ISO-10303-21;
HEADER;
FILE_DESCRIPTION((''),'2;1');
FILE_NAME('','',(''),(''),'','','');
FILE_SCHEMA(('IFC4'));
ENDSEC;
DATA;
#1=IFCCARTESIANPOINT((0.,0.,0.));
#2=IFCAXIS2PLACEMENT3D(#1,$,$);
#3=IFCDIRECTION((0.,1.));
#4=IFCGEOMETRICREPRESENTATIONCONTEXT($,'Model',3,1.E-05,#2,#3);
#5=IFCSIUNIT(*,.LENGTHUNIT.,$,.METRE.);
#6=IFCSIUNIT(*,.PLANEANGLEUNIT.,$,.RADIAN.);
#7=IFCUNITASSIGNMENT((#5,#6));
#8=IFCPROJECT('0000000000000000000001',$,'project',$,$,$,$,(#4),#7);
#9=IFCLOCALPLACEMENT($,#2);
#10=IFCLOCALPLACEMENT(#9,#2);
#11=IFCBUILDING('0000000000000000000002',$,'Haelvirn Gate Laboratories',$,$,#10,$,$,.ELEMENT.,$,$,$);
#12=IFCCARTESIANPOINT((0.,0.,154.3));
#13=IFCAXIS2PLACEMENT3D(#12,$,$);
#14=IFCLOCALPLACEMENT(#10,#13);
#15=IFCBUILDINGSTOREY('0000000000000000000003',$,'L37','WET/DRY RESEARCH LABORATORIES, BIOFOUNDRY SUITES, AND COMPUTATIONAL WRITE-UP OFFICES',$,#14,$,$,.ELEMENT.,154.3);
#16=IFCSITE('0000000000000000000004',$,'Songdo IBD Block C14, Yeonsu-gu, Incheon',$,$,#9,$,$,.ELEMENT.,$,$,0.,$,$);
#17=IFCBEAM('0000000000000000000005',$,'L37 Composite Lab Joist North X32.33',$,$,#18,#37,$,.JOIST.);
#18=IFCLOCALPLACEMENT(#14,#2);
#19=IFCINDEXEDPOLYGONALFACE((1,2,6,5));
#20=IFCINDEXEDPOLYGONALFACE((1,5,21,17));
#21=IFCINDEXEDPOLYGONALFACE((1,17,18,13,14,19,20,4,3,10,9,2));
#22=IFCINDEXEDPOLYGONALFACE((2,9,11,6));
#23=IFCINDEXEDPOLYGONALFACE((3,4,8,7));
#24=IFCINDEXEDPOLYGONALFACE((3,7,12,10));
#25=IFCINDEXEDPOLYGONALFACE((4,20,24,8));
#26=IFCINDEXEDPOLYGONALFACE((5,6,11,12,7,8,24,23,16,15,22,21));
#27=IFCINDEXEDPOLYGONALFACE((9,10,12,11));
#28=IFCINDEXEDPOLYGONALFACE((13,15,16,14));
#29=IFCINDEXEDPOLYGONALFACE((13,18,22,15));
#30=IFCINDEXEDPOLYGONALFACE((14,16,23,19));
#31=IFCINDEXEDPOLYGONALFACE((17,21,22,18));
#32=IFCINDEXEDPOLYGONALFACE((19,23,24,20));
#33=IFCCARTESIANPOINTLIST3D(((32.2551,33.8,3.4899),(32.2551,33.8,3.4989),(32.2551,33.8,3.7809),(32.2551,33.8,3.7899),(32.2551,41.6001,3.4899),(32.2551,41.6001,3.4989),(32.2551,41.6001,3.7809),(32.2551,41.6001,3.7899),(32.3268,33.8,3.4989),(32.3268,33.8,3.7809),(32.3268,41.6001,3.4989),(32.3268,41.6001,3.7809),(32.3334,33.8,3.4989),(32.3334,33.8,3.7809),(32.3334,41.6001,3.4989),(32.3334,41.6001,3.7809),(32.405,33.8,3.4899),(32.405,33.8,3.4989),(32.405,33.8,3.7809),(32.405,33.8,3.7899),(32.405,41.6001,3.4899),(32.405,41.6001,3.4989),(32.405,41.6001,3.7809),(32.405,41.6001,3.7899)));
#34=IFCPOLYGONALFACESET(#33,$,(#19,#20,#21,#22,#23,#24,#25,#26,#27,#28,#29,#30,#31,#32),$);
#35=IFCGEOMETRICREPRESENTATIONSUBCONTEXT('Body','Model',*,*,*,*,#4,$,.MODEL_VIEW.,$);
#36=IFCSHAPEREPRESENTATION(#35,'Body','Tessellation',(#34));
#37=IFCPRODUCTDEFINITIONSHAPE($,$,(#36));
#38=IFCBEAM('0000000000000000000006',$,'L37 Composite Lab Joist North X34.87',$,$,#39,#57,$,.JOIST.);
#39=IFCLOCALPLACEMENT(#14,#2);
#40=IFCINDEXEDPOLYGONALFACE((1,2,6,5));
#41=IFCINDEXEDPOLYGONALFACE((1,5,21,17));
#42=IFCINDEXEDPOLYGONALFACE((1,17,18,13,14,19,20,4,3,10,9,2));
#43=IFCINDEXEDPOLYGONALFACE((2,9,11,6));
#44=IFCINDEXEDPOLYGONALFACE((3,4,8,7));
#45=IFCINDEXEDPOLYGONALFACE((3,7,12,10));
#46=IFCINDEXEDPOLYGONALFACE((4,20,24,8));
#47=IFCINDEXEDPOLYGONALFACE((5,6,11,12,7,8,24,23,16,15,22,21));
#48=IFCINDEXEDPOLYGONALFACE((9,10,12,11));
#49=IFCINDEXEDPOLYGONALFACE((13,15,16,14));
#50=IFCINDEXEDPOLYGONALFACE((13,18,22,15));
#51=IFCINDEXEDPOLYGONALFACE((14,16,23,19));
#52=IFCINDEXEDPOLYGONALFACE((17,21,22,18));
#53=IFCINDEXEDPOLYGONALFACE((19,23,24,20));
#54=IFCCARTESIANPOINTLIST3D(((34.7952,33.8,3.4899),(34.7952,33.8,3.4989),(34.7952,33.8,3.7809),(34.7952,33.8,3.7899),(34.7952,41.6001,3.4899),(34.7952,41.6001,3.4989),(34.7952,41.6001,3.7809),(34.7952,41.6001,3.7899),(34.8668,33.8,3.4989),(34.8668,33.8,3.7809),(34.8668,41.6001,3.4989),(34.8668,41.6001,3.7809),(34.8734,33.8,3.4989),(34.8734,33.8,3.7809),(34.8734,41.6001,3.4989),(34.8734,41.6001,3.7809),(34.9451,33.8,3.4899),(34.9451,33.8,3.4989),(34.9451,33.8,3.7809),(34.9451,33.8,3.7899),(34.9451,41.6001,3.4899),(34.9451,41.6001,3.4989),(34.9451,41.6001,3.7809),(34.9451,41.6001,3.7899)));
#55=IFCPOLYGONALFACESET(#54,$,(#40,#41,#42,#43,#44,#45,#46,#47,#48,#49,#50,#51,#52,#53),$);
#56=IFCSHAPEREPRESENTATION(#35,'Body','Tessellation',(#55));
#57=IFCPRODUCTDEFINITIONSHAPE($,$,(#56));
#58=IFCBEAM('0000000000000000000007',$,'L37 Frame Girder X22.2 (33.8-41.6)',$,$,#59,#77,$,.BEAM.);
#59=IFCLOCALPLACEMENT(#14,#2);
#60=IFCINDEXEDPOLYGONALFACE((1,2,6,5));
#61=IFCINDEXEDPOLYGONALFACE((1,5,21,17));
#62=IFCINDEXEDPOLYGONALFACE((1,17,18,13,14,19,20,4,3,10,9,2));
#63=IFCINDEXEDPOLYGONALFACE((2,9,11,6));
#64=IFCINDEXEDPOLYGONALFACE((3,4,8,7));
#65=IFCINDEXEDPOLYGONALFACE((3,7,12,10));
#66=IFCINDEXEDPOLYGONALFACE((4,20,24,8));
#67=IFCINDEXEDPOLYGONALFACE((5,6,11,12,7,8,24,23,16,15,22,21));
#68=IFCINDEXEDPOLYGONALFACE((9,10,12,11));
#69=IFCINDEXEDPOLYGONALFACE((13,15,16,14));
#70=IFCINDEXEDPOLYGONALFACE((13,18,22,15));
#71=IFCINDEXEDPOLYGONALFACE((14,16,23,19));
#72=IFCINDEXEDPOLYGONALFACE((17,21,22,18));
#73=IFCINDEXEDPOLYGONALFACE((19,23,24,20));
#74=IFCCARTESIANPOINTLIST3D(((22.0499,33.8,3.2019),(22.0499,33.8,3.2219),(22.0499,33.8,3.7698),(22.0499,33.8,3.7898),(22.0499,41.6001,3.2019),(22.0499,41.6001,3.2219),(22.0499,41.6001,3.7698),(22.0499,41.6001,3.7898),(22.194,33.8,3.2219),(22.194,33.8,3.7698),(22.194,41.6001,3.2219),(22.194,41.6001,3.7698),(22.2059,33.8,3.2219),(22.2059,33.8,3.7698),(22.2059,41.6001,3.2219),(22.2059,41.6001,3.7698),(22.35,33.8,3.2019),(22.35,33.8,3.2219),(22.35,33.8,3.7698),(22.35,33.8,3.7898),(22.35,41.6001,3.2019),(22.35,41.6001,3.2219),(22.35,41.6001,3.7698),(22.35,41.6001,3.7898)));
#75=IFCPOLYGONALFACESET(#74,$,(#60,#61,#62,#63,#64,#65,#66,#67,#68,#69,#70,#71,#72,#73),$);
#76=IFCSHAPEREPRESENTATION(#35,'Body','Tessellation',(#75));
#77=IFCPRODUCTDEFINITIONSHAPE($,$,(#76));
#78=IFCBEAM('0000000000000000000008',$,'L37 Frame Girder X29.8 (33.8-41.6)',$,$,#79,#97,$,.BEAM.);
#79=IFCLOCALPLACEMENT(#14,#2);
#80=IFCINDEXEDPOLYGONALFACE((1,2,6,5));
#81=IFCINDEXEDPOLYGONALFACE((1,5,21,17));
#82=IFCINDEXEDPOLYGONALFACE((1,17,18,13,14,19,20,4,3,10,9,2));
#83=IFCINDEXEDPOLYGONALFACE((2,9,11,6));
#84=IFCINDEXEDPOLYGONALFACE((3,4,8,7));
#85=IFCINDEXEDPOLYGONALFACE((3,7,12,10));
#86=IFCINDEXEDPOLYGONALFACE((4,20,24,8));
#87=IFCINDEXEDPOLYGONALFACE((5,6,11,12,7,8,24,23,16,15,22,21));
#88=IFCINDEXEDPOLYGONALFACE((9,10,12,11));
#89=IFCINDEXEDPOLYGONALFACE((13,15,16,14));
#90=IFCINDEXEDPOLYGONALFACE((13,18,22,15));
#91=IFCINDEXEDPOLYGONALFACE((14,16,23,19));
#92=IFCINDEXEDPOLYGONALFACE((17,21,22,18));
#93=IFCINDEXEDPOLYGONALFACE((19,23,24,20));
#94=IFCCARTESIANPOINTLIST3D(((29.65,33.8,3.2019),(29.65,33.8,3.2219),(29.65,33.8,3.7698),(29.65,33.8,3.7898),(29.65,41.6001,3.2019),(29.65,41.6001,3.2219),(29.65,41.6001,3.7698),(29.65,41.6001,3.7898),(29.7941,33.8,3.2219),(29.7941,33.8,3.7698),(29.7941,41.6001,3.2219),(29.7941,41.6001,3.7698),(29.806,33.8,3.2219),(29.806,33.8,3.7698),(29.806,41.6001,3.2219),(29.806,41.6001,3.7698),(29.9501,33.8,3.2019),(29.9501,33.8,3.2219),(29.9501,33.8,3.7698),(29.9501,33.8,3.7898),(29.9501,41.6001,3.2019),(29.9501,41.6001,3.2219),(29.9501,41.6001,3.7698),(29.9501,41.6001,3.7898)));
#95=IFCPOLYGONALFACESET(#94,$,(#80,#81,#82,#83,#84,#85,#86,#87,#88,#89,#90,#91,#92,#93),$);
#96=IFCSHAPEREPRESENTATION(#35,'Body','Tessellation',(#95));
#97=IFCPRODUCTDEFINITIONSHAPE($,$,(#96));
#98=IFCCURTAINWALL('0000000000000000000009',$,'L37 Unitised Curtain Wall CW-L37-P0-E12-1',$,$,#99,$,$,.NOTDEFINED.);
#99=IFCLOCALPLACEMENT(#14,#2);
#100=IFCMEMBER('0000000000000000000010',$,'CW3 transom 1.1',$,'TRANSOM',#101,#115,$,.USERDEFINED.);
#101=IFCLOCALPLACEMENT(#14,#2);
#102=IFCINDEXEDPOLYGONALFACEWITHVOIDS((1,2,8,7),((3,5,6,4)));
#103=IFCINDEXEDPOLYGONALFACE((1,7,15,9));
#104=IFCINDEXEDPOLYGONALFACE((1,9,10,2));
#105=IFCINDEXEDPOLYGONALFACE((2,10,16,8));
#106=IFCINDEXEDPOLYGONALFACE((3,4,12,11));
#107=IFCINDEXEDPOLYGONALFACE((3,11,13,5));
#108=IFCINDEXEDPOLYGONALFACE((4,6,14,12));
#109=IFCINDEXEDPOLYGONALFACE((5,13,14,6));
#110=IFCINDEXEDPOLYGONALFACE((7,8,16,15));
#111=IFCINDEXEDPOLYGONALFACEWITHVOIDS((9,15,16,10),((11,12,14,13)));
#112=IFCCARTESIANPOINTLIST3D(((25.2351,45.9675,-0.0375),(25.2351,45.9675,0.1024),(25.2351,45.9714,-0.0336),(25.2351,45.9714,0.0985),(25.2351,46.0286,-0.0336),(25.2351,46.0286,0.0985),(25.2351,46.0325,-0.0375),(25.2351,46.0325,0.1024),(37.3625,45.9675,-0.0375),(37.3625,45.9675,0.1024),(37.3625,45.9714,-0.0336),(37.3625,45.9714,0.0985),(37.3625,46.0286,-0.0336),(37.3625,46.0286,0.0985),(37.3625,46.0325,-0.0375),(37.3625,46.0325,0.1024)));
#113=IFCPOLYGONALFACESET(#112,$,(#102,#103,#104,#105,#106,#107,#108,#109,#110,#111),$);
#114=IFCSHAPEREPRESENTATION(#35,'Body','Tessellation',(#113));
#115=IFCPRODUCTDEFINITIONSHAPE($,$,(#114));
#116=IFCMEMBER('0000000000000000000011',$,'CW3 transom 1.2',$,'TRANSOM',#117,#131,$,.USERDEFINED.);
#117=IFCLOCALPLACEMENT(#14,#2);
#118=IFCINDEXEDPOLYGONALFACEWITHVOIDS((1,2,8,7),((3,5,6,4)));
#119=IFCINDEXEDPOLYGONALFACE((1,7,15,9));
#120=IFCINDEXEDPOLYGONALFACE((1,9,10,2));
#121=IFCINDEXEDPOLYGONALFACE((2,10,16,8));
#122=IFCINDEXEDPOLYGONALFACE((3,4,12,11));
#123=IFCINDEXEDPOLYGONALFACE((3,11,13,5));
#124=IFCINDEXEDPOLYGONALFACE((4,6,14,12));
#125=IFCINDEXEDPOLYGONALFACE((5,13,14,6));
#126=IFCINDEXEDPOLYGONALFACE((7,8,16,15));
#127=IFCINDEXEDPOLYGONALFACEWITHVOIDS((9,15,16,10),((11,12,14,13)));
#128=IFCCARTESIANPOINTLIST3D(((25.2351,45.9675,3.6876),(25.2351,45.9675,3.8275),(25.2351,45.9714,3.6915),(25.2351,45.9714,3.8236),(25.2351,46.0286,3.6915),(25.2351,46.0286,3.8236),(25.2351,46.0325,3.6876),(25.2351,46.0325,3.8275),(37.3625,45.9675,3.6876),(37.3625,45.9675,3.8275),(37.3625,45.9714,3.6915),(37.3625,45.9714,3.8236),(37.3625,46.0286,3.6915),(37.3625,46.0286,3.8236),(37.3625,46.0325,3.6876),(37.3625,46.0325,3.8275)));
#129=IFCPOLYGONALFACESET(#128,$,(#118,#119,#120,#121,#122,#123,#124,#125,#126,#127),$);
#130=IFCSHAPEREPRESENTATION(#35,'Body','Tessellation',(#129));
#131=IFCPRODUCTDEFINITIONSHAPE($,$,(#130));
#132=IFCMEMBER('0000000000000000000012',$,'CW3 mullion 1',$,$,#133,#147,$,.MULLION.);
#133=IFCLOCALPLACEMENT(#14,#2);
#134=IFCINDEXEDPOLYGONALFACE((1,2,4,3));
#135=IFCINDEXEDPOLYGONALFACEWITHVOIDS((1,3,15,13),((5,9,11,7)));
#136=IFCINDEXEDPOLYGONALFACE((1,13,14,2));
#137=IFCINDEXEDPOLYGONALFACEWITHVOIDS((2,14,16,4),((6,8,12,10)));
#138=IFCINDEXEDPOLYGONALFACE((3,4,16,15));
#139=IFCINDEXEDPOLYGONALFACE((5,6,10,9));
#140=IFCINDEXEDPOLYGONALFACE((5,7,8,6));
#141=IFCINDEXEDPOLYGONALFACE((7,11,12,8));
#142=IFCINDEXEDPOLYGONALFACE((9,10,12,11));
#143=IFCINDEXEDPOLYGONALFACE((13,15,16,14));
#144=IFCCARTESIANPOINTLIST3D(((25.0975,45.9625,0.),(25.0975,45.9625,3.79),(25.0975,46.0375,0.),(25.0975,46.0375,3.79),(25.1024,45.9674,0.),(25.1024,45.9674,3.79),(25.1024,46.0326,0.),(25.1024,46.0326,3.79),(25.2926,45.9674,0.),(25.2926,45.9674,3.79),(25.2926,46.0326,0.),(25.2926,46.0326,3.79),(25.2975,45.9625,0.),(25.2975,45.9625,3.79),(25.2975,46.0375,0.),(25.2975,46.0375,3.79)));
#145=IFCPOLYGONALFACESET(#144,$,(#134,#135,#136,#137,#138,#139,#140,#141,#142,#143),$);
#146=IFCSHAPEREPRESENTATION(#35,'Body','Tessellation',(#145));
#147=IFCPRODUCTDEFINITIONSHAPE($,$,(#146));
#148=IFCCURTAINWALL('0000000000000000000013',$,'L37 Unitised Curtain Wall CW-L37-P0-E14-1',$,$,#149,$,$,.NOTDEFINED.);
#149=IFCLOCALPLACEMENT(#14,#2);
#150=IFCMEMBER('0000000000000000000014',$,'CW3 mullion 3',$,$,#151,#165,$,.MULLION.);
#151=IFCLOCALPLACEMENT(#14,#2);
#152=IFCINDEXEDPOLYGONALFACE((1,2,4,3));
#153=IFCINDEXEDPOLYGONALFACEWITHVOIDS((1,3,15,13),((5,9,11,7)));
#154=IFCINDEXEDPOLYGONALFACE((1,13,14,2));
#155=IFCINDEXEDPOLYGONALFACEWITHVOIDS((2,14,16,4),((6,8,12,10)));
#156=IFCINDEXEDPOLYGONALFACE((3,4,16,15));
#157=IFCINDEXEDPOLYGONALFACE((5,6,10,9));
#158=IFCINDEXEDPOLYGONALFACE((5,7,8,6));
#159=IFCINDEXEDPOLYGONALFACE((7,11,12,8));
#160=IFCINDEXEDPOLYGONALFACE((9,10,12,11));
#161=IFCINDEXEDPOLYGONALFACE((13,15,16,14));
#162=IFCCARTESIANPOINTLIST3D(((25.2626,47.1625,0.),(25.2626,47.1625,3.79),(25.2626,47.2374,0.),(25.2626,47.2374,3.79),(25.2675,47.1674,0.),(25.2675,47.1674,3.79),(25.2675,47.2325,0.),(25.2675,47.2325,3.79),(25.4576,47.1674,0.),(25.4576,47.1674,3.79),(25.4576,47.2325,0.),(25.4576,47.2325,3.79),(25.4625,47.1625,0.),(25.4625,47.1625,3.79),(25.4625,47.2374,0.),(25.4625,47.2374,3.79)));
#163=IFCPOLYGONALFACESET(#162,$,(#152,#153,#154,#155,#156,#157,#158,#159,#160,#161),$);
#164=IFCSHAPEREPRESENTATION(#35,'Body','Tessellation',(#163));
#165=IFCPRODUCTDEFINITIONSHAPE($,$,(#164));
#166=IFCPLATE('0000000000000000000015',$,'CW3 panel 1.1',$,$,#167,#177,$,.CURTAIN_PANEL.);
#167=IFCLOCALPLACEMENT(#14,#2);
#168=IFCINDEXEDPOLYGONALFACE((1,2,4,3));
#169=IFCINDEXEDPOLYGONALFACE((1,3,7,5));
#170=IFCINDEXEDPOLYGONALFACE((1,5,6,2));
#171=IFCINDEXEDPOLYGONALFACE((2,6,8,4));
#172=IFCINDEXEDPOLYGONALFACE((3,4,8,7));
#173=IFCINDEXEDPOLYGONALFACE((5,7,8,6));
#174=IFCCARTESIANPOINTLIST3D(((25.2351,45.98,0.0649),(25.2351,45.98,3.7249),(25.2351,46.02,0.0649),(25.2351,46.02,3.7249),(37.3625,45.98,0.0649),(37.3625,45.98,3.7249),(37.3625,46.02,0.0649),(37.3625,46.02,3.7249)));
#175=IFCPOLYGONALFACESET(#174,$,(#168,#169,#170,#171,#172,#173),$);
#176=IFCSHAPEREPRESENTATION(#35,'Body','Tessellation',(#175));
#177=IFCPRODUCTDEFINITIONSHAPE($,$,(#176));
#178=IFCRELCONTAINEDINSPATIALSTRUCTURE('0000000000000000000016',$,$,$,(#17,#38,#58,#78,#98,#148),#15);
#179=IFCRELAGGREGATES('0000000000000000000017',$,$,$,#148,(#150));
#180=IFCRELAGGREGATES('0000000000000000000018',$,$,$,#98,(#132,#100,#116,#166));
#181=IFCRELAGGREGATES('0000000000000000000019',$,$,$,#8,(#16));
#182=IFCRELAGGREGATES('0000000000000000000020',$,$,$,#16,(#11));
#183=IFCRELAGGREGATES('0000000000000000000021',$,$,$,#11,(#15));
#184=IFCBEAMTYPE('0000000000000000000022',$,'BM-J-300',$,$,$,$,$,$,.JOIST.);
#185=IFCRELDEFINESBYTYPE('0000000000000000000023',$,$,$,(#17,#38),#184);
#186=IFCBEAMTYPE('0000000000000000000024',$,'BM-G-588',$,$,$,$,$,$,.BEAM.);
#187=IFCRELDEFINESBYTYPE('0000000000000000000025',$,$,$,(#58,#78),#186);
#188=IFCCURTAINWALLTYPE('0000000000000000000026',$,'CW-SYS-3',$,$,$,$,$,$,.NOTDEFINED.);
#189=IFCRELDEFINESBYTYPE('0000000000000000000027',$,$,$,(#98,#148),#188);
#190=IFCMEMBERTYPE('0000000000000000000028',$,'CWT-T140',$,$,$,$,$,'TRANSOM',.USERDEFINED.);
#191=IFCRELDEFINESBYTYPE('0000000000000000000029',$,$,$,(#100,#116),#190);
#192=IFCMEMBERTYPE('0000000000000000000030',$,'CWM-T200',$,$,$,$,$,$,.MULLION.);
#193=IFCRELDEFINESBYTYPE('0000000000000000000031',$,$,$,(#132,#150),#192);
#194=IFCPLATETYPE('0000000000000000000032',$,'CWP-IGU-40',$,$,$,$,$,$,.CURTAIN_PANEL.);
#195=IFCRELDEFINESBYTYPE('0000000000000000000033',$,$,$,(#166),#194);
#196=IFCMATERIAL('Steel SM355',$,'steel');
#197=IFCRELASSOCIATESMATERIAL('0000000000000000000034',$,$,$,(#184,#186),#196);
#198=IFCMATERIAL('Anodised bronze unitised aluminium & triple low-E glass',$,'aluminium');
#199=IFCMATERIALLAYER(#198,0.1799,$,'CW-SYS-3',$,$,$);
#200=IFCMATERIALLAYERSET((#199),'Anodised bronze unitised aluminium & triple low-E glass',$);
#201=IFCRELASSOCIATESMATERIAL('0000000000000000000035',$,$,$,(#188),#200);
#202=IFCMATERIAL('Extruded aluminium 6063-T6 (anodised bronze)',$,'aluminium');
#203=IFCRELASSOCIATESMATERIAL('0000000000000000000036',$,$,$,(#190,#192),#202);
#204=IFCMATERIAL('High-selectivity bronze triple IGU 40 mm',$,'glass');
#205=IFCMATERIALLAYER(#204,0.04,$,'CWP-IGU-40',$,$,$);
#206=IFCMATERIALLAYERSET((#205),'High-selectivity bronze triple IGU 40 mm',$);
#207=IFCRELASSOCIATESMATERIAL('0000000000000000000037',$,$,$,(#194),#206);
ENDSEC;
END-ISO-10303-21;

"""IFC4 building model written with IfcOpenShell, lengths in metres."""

from ifc_helpers import new_model, si_unit, direction, frame, origin, origin_2d, place, context, subcontext, project, spatial, rectangle, hollow_rectangle, i_section, extrude, source, transform, mapped, material, layer, layer_set, material_profile, profile_set, type_object, type_shapes, element, aggregate, save


model = new_model("IFC4")

# Units and contexts
model_context = context("Model", 3, precision=1e-05, world=origin(), true_north=direction((0.0, 1.0)))
body_context = subcontext(model_context, "Body", "Model", "MODEL_VIEW")
ifc_project = project(units=[si_unit("LENGTHUNIT", "METRE"), si_unit("PLANEANGLEUNIT", "RADIAN")], contexts=[model_context])

# Site, building, storey
site_placement = place(None, origin())
site = spatial("IfcSite", under=ifc_project, at=site_placement, Name="Songdo IBD Block C14, Yeonsu-gu, Incheon", CompositionType="ELEMENT", RefElevation=0.0)
building_placement = place(site_placement, origin())
building = spatial("IfcBuilding", under=site, at=building_placement, Name="Haelvirn Gate Laboratories", CompositionType="ELEMENT")
storey_placement = place(building_placement, frame((0.0, 0.0, 154.3)))
storey = spatial("IfcBuildingStorey", under=building, at=storey_placement, Name="L37", Description="WET/DRY RESEARCH LABORATORIES, BIOFOUNDRY SUITES, AND COMPUTATIONAL WRITE-UP OFFICES", CompositionType="ELEMENT", Elevation=154.3)

# Shared definitions
ifc_material_1 = material(Name="Steel SM355", Category="steel")

# Beams
ifc_material_profile_1 = material_profile(ifc_material_1, i_section(OverallWidth=0.1499, OverallDepth=0.3, WebThickness=0.0066, FlangeThickness=0.009, at=origin_2d()), Name="H-300x150x6.5x9")
ifc_profile_set_1 = profile_set([ifc_material_profile_1], Name="Steel SM355")
beam_type_1 = type_object("IfcBeamType", Name="BM-J-300", PredefinedType="JOIST", material=ifc_profile_set_1)
shared_shape_1 = source(origin(), body_context, "Body", "SweptSolid", [
    extrude(i_section(OverallWidth=0.1499, OverallDepth=0.3, WebThickness=0.0066, FlangeThickness=0.009, at=origin_2d()), origin(), (0.0, 0.0, 1.0), 7.8),
])
type_shapes(beam_type_1, [shared_shape_1])
for number, where, z_axis, x_axis, name in (
    (1, (32.3301, 33.8, 3.6399), (0.0, 1.0, 0.0), (-1.0, 0.0, 0.0), "L37 Composite Lab Joist North X32.33"),
    (2, (34.8701, 33.8, 3.6399), (0.0, 1.0, 0.0), (-1.0, 0.0, 0.0), "L37 Composite Lab Joist North X34.87"),
):
    element("IfcBeam", number, at=place(storey_placement, frame(where, z_axis=z_axis, x_axis=x_axis)), inside=storey, type_object=beam_type_1, Name=name, PredefinedType="JOIST", context=body_context, shape_type="MappedRepresentation", body=[
        mapped(shared_shape_1, transform((0.0, 0.0, 0.0), scale=1.0)),
    ])
ifc_material_profile_2 = material_profile(ifc_material_1, i_section(OverallWidth=0.3, OverallDepth=0.5879, WebThickness=0.012, FlangeThickness=0.02, at=origin_2d()), Name="H-588x300x12x20")
ifc_profile_set_2 = profile_set([ifc_material_profile_2], Name="Steel SM355")
beam_type_2 = type_object("IfcBeamType", Name="BM-G-588", PredefinedType="BEAM", material=ifc_profile_set_2)
shared_shape_2 = source(origin(), body_context, "Body", "SweptSolid", [
    extrude(i_section(OverallWidth=0.3, OverallDepth=0.5879, WebThickness=0.012, FlangeThickness=0.02, at=origin_2d()), origin(), (0.0, 0.0, 1.0), 7.8),
])
type_shapes(beam_type_2, [shared_shape_2])
for number, where, z_axis, x_axis, name in (
    (3, (22.2, 33.8, 3.4958), (0.0, 1.0, 0.0), (-1.0, 0.0, 0.0), "L37 Frame Girder X22.2 (33.8-41.6)"),
    (4, (29.8, 33.8, 3.4958), (0.0, 1.0, 0.0), (-1.0, 0.0, 0.0), "L37 Frame Girder X29.8 (33.8-41.6)"),
):
    element("IfcBeam", number, at=place(storey_placement, frame(where, z_axis=z_axis, x_axis=x_axis)), inside=storey, type_object=beam_type_2, Name=name, PredefinedType="BEAM", context=body_context, shape_type="MappedRepresentation", body=[
        mapped(shared_shape_2, transform((0.0, 0.0, 0.0), scale=1.0)),
    ])

# Curtain wall, members
ifc_material_2 = material(Name="Anodised bronze unitised aluminium & triple low-E glass", Category="aluminium")
ifc_layer_1 = layer(ifc_material_2, 0.1799, Name="CW-SYS-3")
ifc_layer_set_1 = layer_set([ifc_layer_1], Name="Anodised bronze unitised aluminium & triple low-E glass")
curtain_wall_type = type_object("IfcCurtainWallType", Name="CW-SYS-3", PredefinedType="NOTDEFINED", material=ifc_layer_set_1)
curtain_wall_1_placement = place(storey_placement, origin())
curtain_wall_1 = element("IfcCurtainWall", 5, at=curtain_wall_1_placement, inside=storey, type_object=curtain_wall_type, Name="L37 Unitised Curtain Wall CW-L37-P0-E12-1", PredefinedType="NOTDEFINED")
ifc_material_3 = material(Name="Extruded aluminium 6063-T6 (anodised bronze)", Category="aluminium")
ifc_material_profile_3 = material_profile(ifc_material_3, hollow_rectangle(XDim=0.0649, YDim=0.1399, WallThickness=0.0039, at=origin_2d()), Name="CWT-140x65x4")
ifc_profile_set_3 = profile_set([ifc_material_profile_3], Name="Extruded aluminium 6063-T6 (anodised bronze)")
member_type_1 = type_object("IfcMemberType", Name="CWT-T140", ElementType="TRANSOM", PredefinedType="USERDEFINED", material=ifc_profile_set_3)
shared_shape_3 = source(origin(), body_context, "Body", "SweptSolid", [
    extrude(hollow_rectangle(XDim=0.0649, YDim=0.1399, WallThickness=0.0039, at=origin_2d()), origin(), (0.0, 0.0, 1.0), 12.1274),
])
type_shapes(member_type_1, [shared_shape_3])
member_1_placement = place(storey_placement, frame((25.2351, 46.0, 0.0325), z_axis=(1.0, 0.0, 0.0), x_axis=(0.0, 1.0, 0.0)))
member_1 = element("IfcMember", 6, at=member_1_placement, type_object=member_type_1, Name="CW3 transom 1.1", ObjectType="TRANSOM", PredefinedType="USERDEFINED", context=body_context, shape_type="MappedRepresentation", body=[
    mapped(shared_shape_3, transform((0.0, 0.0, 0.0), scale=1.0)),
])
member_2_placement = place(storey_placement, frame((25.2351, 46.0, 3.7576), z_axis=(1.0, 0.0, 0.0), x_axis=(0.0, 1.0, 0.0)))
member_2 = element("IfcMember", 7, at=member_2_placement, type_object=member_type_1, Name="CW3 transom 1.2", ObjectType="TRANSOM", PredefinedType="USERDEFINED", context=body_context, shape_type="MappedRepresentation", body=[
    mapped(shared_shape_3, transform((0.0, 0.0, 0.0), scale=1.0)),
])
ifc_material_profile_4 = material_profile(ifc_material_3, hollow_rectangle(XDim=0.075, YDim=0.2, WallThickness=0.0049, at=origin_2d()), Name="CWM-200x75x5")
ifc_profile_set_4 = profile_set([ifc_material_profile_4], Name="Extruded aluminium 6063-T6 (anodised bronze)")
member_type_2 = type_object("IfcMemberType", Name="CWM-T200", PredefinedType="MULLION", material=ifc_profile_set_4)
shared_shape_4 = source(origin(), body_context, "Body", "SweptSolid", [
    extrude(hollow_rectangle(XDim=0.075, YDim=0.2, WallThickness=0.0049, at=origin_2d()), origin(), (0.0, 0.0, 1.0), 3.79),
])
type_shapes(member_type_2, [shared_shape_4])
member_3_placement = place(storey_placement, frame((25.1975, 46.0, 0.0), z_axis=(0.0, 0.0, 1.0), x_axis=(0.0, 1.0, 0.0)))
member_3 = element("IfcMember", 8, at=member_3_placement, type_object=member_type_2, Name="CW3 mullion 1", PredefinedType="MULLION", context=body_context, shape_type="MappedRepresentation", body=[
    mapped(shared_shape_4, transform((0.0, 0.0, 0.0), scale=1.0)),
])

# Curtain wall, member
curtain_wall_2_placement = place(storey_placement, origin())
curtain_wall_2 = element("IfcCurtainWall", 9, at=curtain_wall_2_placement, inside=storey, type_object=curtain_wall_type, Name="L37 Unitised Curtain Wall CW-L37-P0-E14-1", PredefinedType="NOTDEFINED")
member_4_placement = place(storey_placement, frame((25.3625, 47.2, 0.0), z_axis=(0.0, 0.0, 1.0), x_axis=(0.0, 1.0, 0.0)))
member_4 = element("IfcMember", 10, at=member_4_placement, type_object=member_type_2, Name="CW3 mullion 3", PredefinedType="MULLION", context=body_context, shape_type="MappedRepresentation", body=[
    mapped(shared_shape_4, transform((0.0, 0.0, 0.0), scale=1.0)),
])
aggregate(curtain_wall_2, [member_4])

# Plate
ifc_material_4 = material(Name="High-selectivity bronze triple IGU 40 mm", Category="glass")
ifc_layer_2 = layer(ifc_material_4, 0.04, Name="CWP-IGU-40")
ifc_layer_set_2 = layer_set([ifc_layer_2], Name="High-selectivity bronze triple IGU 40 mm")
plate_type = type_object("IfcPlateType", Name="CWP-IGU-40", PredefinedType="CURTAIN_PANEL", material=ifc_layer_set_2)
shared_shape_5 = source(origin(), body_context, "Body", "SweptSolid", [
    extrude(rectangle(XDim=12.1274, YDim=0.04, at=origin_2d()), origin(), (0.0, 0.0, 1.0), 3.6599),
])
type_shapes(plate_type, [shared_shape_5])
plate_placement = place(storey_placement, frame((31.2988, 46.0, 0.0649), z_axis=(0.0, 0.0, 1.0), x_axis=(1.0, 0.0, 0.0)))
plate = element("IfcPlate", 11, at=plate_placement, type_object=plate_type, Name="CW3 panel 1.1", PredefinedType="CURTAIN_PANEL", context=body_context, shape_type="MappedRepresentation", body=[
    mapped(shared_shape_5, transform((0.0, 0.0, 0.0), scale=1.0)),
])
aggregate(curtain_wall_1, [member_3, member_1, member_2, plate])

save(model, "model.ifc")
